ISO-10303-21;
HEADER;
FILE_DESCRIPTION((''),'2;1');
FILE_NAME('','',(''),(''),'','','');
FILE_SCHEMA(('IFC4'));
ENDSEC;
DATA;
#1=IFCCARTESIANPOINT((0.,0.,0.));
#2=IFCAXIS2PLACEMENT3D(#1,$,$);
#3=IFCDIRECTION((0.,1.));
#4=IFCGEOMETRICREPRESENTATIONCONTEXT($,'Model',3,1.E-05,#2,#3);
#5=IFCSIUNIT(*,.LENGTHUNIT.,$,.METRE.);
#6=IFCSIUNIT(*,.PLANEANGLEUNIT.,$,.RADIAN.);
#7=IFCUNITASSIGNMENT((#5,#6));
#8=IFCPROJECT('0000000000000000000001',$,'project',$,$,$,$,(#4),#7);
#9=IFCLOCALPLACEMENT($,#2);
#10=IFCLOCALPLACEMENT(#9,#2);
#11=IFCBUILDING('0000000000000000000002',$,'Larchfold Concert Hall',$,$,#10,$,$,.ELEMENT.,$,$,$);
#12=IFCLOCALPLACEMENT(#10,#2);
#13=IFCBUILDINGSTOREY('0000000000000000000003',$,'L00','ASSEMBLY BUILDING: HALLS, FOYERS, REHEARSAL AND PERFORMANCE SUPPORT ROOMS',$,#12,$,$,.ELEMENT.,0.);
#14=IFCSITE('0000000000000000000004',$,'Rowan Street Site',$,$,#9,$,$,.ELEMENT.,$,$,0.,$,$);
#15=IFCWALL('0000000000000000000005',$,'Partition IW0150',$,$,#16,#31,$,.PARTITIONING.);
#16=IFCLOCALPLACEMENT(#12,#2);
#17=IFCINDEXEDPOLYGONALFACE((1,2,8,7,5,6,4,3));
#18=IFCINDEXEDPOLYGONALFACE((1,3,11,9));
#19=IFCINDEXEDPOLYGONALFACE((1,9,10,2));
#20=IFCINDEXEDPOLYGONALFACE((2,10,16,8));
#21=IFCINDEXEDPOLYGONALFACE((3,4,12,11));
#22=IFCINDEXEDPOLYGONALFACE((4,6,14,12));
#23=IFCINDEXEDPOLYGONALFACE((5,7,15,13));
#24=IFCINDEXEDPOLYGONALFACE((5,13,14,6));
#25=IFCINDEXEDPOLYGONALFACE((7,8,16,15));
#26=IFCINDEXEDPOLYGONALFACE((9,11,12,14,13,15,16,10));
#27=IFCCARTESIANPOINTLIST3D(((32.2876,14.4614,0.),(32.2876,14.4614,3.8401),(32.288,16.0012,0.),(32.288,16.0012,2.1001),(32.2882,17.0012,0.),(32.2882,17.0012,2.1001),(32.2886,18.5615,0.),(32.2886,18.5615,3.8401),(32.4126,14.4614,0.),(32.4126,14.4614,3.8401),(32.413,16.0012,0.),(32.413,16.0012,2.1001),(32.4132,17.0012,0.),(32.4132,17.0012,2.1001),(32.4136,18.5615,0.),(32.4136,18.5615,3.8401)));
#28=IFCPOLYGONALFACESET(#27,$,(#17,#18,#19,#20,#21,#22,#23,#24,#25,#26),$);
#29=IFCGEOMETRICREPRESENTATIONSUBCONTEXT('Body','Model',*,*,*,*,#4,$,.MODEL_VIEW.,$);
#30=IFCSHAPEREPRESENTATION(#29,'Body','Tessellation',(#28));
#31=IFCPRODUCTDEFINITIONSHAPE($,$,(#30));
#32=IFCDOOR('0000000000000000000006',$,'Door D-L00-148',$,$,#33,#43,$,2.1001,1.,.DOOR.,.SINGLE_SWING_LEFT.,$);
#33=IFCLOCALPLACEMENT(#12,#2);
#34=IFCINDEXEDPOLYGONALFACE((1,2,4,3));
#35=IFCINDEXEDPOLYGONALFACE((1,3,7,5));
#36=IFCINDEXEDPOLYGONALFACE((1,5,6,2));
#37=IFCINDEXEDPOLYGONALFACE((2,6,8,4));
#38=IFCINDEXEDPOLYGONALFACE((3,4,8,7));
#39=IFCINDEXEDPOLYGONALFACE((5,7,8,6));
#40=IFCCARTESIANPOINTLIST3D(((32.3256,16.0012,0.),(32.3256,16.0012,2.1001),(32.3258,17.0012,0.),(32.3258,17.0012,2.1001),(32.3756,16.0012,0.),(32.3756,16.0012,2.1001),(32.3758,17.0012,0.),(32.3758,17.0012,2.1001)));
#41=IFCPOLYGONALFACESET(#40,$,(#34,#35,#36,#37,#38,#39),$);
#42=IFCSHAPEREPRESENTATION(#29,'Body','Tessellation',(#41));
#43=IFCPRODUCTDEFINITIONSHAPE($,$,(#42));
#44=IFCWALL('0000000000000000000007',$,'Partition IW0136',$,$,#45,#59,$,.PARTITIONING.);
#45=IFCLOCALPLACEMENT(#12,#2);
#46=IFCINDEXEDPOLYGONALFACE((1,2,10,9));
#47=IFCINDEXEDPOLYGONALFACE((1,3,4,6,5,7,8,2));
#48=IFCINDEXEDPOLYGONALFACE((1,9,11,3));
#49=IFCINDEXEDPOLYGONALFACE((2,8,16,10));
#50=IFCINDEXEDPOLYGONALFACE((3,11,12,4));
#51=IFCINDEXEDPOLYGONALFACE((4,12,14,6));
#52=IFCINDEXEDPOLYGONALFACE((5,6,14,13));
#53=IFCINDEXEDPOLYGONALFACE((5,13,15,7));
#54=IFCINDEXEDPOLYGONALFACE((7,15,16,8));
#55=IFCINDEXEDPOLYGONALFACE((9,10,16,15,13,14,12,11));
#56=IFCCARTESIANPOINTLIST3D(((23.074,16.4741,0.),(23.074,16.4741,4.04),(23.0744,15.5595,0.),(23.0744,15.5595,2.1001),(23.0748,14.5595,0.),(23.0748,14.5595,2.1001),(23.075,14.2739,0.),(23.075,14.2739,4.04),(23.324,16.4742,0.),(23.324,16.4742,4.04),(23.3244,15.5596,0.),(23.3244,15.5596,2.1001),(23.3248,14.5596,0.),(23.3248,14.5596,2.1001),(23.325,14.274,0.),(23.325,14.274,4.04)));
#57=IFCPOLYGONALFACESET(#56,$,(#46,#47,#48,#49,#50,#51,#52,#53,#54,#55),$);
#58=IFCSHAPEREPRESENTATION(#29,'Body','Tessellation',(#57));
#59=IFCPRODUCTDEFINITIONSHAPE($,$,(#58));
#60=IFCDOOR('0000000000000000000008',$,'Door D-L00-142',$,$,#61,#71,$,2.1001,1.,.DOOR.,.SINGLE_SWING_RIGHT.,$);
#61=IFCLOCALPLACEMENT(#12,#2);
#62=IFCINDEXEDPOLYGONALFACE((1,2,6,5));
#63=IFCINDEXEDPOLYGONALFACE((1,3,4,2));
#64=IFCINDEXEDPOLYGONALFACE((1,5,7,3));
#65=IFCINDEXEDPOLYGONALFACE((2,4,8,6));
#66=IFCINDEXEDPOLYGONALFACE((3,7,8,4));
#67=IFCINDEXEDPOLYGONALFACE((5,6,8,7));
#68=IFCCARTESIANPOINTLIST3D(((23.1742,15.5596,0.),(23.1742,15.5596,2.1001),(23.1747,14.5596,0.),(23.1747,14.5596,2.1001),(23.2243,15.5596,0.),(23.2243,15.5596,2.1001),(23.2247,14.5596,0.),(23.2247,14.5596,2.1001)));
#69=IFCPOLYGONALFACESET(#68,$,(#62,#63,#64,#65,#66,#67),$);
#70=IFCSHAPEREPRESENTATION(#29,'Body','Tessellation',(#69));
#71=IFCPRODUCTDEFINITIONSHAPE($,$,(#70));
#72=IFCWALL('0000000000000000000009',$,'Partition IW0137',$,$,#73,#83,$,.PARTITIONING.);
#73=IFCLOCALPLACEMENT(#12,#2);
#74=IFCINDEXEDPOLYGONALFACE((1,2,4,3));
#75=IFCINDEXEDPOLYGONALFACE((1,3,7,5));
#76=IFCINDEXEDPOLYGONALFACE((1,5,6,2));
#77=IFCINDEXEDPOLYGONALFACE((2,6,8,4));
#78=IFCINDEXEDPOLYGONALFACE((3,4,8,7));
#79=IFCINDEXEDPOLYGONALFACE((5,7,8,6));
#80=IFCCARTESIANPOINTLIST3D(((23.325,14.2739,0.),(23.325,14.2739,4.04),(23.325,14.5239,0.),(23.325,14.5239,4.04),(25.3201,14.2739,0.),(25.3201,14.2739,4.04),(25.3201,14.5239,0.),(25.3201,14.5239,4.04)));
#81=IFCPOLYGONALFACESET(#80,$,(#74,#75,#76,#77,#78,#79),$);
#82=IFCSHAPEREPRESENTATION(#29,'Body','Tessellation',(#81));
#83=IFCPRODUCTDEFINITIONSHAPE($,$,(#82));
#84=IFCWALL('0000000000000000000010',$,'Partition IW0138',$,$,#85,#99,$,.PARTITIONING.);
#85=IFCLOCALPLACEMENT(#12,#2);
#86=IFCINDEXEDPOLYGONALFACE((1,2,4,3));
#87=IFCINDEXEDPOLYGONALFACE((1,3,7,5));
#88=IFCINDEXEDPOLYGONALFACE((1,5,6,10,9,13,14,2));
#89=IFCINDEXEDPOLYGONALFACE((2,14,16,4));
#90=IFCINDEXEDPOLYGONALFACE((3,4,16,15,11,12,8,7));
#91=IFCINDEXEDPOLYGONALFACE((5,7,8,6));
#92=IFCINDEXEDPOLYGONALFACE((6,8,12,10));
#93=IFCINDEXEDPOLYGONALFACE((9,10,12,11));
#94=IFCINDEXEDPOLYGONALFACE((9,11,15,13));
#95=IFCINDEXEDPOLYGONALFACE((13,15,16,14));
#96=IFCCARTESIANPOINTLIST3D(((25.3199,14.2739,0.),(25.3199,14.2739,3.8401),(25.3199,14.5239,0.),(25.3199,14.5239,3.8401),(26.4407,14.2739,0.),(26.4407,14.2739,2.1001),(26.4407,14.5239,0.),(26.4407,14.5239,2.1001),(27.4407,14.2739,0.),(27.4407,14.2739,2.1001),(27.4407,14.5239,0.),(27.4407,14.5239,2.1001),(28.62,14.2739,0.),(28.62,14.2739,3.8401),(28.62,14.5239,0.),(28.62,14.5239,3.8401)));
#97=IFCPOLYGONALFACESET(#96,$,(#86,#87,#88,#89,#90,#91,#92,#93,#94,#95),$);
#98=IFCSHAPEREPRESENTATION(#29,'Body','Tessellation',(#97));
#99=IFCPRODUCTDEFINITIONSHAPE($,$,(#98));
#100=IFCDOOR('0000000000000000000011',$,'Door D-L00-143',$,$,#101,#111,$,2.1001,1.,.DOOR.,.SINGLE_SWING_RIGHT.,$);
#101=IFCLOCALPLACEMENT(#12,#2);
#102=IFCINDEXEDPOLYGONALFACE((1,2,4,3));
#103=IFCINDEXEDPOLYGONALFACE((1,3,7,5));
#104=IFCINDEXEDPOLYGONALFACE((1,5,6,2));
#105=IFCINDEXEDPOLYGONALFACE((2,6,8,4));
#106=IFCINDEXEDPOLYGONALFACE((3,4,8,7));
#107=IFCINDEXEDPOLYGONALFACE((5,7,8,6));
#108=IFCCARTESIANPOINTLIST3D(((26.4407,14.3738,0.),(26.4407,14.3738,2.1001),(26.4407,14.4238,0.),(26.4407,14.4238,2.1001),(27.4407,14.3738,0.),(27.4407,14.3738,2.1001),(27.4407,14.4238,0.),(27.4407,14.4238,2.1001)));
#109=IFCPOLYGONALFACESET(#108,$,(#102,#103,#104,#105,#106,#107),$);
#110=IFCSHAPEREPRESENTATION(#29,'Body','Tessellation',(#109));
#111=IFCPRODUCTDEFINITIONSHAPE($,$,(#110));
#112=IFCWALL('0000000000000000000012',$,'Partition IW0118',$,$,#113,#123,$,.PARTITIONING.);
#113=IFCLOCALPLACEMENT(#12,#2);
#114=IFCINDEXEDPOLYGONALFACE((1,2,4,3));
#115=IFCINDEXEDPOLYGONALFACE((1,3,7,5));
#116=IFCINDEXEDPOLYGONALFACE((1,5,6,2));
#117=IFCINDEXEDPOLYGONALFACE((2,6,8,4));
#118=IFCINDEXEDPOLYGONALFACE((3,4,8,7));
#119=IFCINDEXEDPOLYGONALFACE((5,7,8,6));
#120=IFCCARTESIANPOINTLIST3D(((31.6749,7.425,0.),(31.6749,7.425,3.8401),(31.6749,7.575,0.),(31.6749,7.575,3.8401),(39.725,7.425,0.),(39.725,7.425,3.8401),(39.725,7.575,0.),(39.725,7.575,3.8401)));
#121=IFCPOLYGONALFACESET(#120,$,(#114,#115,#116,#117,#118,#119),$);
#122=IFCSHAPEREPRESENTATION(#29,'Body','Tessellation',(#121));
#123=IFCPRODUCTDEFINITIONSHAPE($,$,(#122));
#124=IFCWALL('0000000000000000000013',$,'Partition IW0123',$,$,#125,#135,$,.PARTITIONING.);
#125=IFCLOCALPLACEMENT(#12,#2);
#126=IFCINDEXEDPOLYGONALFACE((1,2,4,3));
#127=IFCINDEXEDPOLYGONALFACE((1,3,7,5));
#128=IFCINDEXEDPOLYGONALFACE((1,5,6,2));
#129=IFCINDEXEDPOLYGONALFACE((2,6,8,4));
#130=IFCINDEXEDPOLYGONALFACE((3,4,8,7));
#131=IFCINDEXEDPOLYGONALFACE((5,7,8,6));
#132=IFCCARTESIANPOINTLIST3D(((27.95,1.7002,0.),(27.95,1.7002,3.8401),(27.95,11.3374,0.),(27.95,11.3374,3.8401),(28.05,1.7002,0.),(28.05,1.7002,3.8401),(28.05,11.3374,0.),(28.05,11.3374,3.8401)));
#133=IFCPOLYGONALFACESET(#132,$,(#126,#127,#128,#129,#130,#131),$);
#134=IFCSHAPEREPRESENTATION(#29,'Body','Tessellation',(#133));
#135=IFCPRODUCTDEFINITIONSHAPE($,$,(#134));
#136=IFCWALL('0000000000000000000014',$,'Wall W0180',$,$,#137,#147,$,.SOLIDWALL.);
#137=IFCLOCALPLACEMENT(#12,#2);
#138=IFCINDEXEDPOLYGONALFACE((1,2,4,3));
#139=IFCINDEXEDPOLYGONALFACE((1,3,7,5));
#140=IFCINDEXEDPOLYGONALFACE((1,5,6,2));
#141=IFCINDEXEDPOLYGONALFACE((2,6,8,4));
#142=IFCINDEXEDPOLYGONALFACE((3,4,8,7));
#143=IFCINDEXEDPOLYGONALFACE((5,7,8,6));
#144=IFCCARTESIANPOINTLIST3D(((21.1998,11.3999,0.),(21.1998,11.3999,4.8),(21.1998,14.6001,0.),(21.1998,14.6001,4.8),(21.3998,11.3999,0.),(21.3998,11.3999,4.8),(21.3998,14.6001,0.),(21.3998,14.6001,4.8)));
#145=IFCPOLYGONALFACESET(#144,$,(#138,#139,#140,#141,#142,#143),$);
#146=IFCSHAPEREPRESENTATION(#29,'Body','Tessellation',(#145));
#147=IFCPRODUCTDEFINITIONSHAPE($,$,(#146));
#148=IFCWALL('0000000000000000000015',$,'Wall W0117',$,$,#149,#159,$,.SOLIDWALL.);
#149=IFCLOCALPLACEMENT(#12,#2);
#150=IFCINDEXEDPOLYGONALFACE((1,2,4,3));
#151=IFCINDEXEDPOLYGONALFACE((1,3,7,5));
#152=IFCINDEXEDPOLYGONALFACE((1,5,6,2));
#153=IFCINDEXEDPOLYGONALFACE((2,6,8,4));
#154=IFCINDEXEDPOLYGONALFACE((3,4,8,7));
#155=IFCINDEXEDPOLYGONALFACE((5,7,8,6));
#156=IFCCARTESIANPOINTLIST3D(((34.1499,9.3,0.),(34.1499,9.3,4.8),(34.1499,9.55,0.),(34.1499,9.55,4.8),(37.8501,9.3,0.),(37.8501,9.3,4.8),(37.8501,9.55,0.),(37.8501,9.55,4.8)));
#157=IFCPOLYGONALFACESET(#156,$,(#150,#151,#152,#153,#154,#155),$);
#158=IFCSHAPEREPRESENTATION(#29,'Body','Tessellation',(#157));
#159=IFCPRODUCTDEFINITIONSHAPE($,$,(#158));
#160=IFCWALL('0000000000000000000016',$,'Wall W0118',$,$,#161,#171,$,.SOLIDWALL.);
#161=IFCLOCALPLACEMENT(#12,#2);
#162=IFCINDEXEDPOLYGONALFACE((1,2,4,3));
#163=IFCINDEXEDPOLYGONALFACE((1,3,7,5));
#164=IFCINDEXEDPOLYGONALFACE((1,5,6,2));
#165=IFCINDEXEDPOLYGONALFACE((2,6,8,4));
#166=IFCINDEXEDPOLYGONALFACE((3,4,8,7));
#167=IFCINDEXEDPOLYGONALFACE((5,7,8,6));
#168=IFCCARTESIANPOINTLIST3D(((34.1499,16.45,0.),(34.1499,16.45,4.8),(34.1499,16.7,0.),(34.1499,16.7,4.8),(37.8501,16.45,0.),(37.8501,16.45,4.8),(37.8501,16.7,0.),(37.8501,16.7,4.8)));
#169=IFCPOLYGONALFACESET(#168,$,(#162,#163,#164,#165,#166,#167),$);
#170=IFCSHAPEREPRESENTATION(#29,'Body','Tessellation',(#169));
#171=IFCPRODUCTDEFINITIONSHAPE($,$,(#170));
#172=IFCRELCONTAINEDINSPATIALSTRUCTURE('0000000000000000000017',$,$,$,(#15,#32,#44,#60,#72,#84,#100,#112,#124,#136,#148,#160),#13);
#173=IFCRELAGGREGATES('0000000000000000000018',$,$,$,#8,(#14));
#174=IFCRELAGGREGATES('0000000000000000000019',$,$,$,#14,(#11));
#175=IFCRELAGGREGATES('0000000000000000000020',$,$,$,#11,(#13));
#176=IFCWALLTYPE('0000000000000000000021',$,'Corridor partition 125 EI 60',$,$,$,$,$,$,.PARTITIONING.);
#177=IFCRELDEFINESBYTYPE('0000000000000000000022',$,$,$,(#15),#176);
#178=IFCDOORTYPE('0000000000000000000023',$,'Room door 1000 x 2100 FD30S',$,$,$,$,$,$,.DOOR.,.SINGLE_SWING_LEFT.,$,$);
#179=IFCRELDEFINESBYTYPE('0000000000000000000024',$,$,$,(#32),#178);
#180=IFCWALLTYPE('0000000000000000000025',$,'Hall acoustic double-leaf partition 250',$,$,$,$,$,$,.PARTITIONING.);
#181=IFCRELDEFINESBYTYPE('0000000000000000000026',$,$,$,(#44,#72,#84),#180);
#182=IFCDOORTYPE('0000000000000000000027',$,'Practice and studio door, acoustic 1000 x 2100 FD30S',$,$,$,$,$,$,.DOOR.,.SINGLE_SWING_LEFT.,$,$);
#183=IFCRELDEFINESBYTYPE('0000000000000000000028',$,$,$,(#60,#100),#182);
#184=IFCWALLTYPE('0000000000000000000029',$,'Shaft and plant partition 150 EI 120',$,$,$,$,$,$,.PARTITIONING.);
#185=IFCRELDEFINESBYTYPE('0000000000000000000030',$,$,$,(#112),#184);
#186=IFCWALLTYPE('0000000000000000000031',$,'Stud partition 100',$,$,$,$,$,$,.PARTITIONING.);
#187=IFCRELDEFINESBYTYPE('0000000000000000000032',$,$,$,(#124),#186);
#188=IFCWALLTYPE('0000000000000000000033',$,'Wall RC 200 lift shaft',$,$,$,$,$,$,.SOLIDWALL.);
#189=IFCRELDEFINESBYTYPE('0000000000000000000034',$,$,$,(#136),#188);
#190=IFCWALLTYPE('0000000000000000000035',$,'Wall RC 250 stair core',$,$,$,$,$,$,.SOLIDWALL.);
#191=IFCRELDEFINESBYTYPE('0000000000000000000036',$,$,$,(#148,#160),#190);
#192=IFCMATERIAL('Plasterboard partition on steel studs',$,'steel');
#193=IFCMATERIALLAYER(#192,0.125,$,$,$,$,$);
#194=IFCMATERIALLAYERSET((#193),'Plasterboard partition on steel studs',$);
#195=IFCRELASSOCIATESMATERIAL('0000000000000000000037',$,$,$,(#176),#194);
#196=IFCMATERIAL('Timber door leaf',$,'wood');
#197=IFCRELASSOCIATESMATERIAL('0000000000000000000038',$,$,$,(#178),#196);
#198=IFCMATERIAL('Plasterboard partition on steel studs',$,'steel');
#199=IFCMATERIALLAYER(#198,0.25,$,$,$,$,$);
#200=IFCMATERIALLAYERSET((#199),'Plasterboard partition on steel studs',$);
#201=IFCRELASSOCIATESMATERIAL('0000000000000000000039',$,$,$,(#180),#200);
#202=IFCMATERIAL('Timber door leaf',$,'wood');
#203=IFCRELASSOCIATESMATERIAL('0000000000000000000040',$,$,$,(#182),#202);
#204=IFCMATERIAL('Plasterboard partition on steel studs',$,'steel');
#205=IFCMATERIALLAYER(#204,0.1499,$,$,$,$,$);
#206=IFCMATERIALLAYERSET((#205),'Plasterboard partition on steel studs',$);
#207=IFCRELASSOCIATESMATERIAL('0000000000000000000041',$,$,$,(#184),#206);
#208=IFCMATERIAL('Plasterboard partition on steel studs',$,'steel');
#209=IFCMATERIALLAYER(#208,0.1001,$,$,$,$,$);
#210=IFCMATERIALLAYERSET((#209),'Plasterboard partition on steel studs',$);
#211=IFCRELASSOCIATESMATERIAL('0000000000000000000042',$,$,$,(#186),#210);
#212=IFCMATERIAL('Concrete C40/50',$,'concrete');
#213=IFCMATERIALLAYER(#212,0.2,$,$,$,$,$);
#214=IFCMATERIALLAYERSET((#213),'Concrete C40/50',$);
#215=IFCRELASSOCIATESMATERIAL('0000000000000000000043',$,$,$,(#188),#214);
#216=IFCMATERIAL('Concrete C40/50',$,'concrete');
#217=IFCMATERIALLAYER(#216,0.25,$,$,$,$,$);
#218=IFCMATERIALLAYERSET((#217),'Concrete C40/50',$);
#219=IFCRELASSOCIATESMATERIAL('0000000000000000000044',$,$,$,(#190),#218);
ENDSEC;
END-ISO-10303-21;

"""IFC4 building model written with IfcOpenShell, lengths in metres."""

from ifc_helpers import new_model, si_unit, direction, frame, frame_2d, origin, place, context, subcontext, project, spatial, rectangle, extrude, material, layer, layer_set, type_object, element, fill, save


model = new_model("IFC4")

# Units and contexts
model_context = context("Model", 3, precision=1e-05, world=origin(), true_north=direction((0.0, 1.0)))
body_context = subcontext(model_context, "Body", "Model", "MODEL_VIEW")
ifc_project = project(units=[si_unit("LENGTHUNIT", "METRE"), si_unit("PLANEANGLEUNIT", "RADIAN")], contexts=[model_context])

# Site, building, storey
site_placement = place(None, origin())
site = spatial("IfcSite", under=ifc_project, at=site_placement, Name="Rowan Street Site", CompositionType="ELEMENT", RefElevation=0.0)
building_placement = place(site_placement, origin())
building = spatial("IfcBuilding", under=site, at=building_placement, Name="Larchfold Concert Hall", CompositionType="ELEMENT")
storey_placement = place(building_placement, origin())
storey = spatial("IfcBuildingStorey", under=building, at=storey_placement, Name="L00", Description="ASSEMBLY BUILDING: HALLS, FOYERS, REHEARSAL AND PERFORMANCE SUPPORT ROOMS", CompositionType="ELEMENT", Elevation=0.0)

# Shared definitions
ifc_material_1 = material(Name="Plasterboard partition on steel studs", Category="steel")
ifc_layer_1 = layer(ifc_material_1, 0.125)
ifc_layer_set_1 = layer_set([ifc_layer_1], Name="Plasterboard partition on steel studs")
wall_type_1 = type_object("IfcWallType", Name="Corridor partition 125 EI 60", PredefinedType="PARTITIONING", material=ifc_layer_set_1)

# Walls, openings, doors
wall_1_placement = place(storey_placement, frame((32.3501, 14.4614, 0.0), z_axis=(0.0, 0.0, 1.0), x_axis=(0.000238, 1.0, 0.0)))
wall_1 = element("IfcWall", 1, at=wall_1_placement, inside=storey, type_object=wall_type_1, Name="Partition IW0150", PredefinedType="PARTITIONING", context=body_context, shape_type="SweptSolid", body=[
    extrude(rectangle(XDim=4.1001, YDim=0.125, at=frame_2d((2.05, 0.0))), origin(), (0.0, 0.0, 1.0), 3.8401),
])
opening_1_placement = place(wall_1_placement, frame((1.5398, 0.0, 0.0)))
opening_1 = element("IfcOpeningElement", 2, at=opening_1_placement, cuts=wall_1, PredefinedType="OPENING", context=body_context, shape_type="SweptSolid", body=[
    extrude(rectangle(XDim=1.0, YDim=2.1001, at=frame_2d((0.5, 1.05))), frame((0.0, 0.0725, 0.0), z_axis=(0.0, -1.0, 0.0), x_axis=(1.0, 0.0, 0.0)), (0.0, 0.0, 1.0), 0.145),
])
ifc_material_2 = material(Name="Timber door leaf", Category="wood")
door_type_1 = type_object("IfcDoorType", Name="Room door 1000 x 2100 FD30S", OperationType="SINGLE_SWING_LEFT", PredefinedType="DOOR", material=ifc_material_2)
door_1_placement = place(opening_1_placement, origin())
door_1 = element("IfcDoor", 3, at=door_1_placement, inside=storey, type_object=door_type_1, Name="Door D-L00-148", OperationType="SINGLE_SWING_LEFT", OverallHeight=2.1001, OverallWidth=1.0, PredefinedType="DOOR", context=body_context, shape_type="SweptSolid", body=[
    extrude(rectangle(XDim=1.0, YDim=2.1001, at=frame_2d((0.5, 1.05))), frame((0.0, 0.0249, 0.0), z_axis=(0.0, -1.0, 0.0), x_axis=(1.0, 0.0, 0.0)), (0.0, 0.0, 1.0), 0.05),
])
fill(opening_1, door_1)
ifc_material_3 = material(Name="Plasterboard partition on steel studs", Category="steel")
ifc_layer_2 = layer(ifc_material_3, 0.25)
ifc_layer_set_2 = layer_set([ifc_layer_2], Name="Plasterboard partition on steel studs")
wall_type_2 = type_object("IfcWallType", Name="Hall acoustic double-leaf partition 250", PredefinedType="PARTITIONING", material=ifc_layer_set_2)
wall_2_placement = place(storey_placement, frame((23.199, 16.4741, 0.0), z_axis=(0.0, 0.0, 1.0), x_axis=(0.000444, -1.0, 0.0)))
wall_2 = element("IfcWall", 4, at=wall_2_placement, inside=storey, type_object=wall_type_2, Name="Partition IW0136", PredefinedType="PARTITIONING", context=body_context, shape_type="SweptSolid", body=[
    extrude(rectangle(XDim=2.2002, YDim=0.25, at=frame_2d((1.1001, 0.0))), origin(), (0.0, 0.0, 1.0), 4.04),
])
opening_2_placement = place(wall_2_placement, frame((0.9146, 0.0, 0.0)))
opening_2 = element("IfcOpeningElement", 5, at=opening_2_placement, cuts=wall_2, PredefinedType="OPENING", context=body_context, shape_type="SweptSolid", body=[
    extrude(rectangle(XDim=1.0, YDim=2.1001, at=frame_2d((0.5, 1.05))), frame((0.0, 0.135, 0.0), z_axis=(0.0, -1.0, 0.0), x_axis=(1.0, 0.0, 0.0)), (0.0, 0.0, 1.0), 0.27),
])
ifc_material_4 = material(Name="Timber door leaf", Category="wood")
door_type_2 = type_object("IfcDoorType", Name="Practice and studio door, acoustic 1000 x 2100 FD30S", OperationType="SINGLE_SWING_LEFT", PredefinedType="DOOR", material=ifc_material_4)
door_2_placement = place(opening_2_placement, origin())
door_2 = element("IfcDoor", 6, at=door_2_placement, inside=storey, type_object=door_type_2, Name="Door D-L00-142", OperationType="SINGLE_SWING_RIGHT", OverallHeight=2.1001, OverallWidth=1.0, PredefinedType="DOOR", context=body_context, shape_type="SweptSolid", body=[
    extrude(rectangle(XDim=1.0, YDim=2.1001, at=frame_2d((0.5, 1.05))), frame((0.0, 0.0249, 0.0), z_axis=(0.0, -1.0, 0.0), x_axis=(1.0, 0.0, 0.0)), (0.0, 0.0, 1.0), 0.05),
])
fill(opening_2, door_2)

# Wall
wall_3_placement = place(storey_placement, frame((23.325, 14.3989, 0.0), z_axis=(0.0, 0.0, 1.0), x_axis=(1.0, 0.0, 0.0)))
element("IfcWall", 7, at=wall_3_placement, inside=storey, type_object=wall_type_2, Name="Partition IW0137", PredefinedType="PARTITIONING", context=body_context, shape_type="SweptSolid", body=[
    extrude(rectangle(XDim=1.9951, YDim=0.25, at=frame_2d((0.9976, 0.0))), origin(), (0.0, 0.0, 1.0), 4.04),
])

# Wall, opening, door
wall_4_placement = place(storey_placement, frame((25.3201, 14.3989, 0.0), z_axis=(0.0, 0.0, 1.0), x_axis=(1.0, 0.0, 0.0)))
wall_4 = element("IfcWall", 8, at=wall_4_placement, inside=storey, type_object=wall_type_2, Name="Partition IW0138", PredefinedType="PARTITIONING", context=body_context, shape_type="SweptSolid", body=[
    extrude(rectangle(XDim=3.3, YDim=0.25, at=frame_2d((1.6499, 0.0))), origin(), (0.0, 0.0, 1.0), 3.8401),
])
opening_3_placement = place(wall_4_placement, frame((1.1206, 0.0, 0.0)))
opening_3 = element("IfcOpeningElement", 9, at=opening_3_placement, cuts=wall_4, PredefinedType="OPENING", context=body_context, shape_type="SweptSolid", body=[
    extrude(rectangle(XDim=1.0, YDim=2.1001, at=frame_2d((0.5, 1.05))), frame((0.0, 0.135, 0.0), z_axis=(0.0, -1.0, 0.0), x_axis=(1.0, 0.0, 0.0)), (0.0, 0.0, 1.0), 0.27),
])
door_3_placement = place(opening_3_placement, origin())
door_3 = element("IfcDoor", 10, at=door_3_placement, inside=storey, type_object=door_type_2, Name="Door D-L00-143", OperationType="SINGLE_SWING_RIGHT", OverallHeight=2.1001, OverallWidth=1.0, PredefinedType="DOOR", context=body_context, shape_type="SweptSolid", body=[
    extrude(rectangle(XDim=1.0, YDim=2.1001, at=frame_2d((0.5, 1.05))), frame((0.0, 0.0249, 0.0), z_axis=(0.0, -1.0, 0.0), x_axis=(1.0, 0.0, 0.0)), (0.0, 0.0, 1.0), 0.05),
])
fill(opening_3, door_3)

# Walls
ifc_material_5 = material(Name="Plasterboard partition on steel studs", Category="steel")
ifc_layer_3 = layer(ifc_material_5, 0.1499)
ifc_layer_set_3 = layer_set([ifc_layer_3], Name="Plasterboard partition on steel studs")
wall_type_3 = type_object("IfcWallType", Name="Shaft and plant partition 150 EI 120", PredefinedType="PARTITIONING", material=ifc_layer_set_3)
wall_5_placement = place(storey_placement, frame((31.675, 7.5, 0.0), z_axis=(0.0, 0.0, 1.0), x_axis=(1.0, 0.0, 0.0)))
element("IfcWall", 11, at=wall_5_placement, inside=storey, type_object=wall_type_3, Name="Partition IW0118", PredefinedType="PARTITIONING", context=body_context, shape_type="SweptSolid", body=[
    extrude(rectangle(XDim=8.05, YDim=0.1499, at=frame_2d((4.0249, 0.0))), origin(), (0.0, 0.0, 1.0), 3.8401),
])
ifc_material_6 = material(Name="Plasterboard partition on steel studs", Category="steel")
ifc_layer_4 = layer(ifc_material_6, 0.1001)
ifc_layer_set_4 = layer_set([ifc_layer_4], Name="Plasterboard partition on steel studs")
wall_type_4 = type_object("IfcWallType", Name="Stud partition 100", PredefinedType="PARTITIONING", material=ifc_layer_set_4)
wall_6_placement = place(storey_placement, frame((28.0, 11.3374, 0.0), z_axis=(0.0, 0.0, 1.0), x_axis=(0.0, -1.0, 0.0)))
element("IfcWall", 12, at=wall_6_placement, inside=storey, type_object=wall_type_4, Name="Partition IW0123", PredefinedType="PARTITIONING", context=body_context, shape_type="SweptSolid", body=[
    extrude(rectangle(XDim=9.6372, YDim=0.1001, at=frame_2d((4.8186, 0.0))), origin(), (0.0, 0.0, 1.0), 3.8401),
])
ifc_material_7 = material(Name="Concrete C40/50", Category="concrete")
ifc_layer_5 = layer(ifc_material_7, 0.2)
ifc_layer_set_5 = layer_set([ifc_layer_5], Name="Concrete C40/50")
wall_type_5 = type_object("IfcWallType", Name="Wall RC 200 lift shaft", PredefinedType="SOLIDWALL", material=ifc_layer_set_5)
wall_7_placement = place(storey_placement, frame((21.2998, 11.3999, 0.0), z_axis=(0.0, 0.0, 1.0), x_axis=(0.0, 1.0, 0.0)))
element("IfcWall", 13, at=wall_7_placement, inside=storey, type_object=wall_type_5, Name="Wall W0180", PredefinedType="SOLIDWALL", context=body_context, shape_type="SweptSolid", body=[
    extrude(rectangle(XDim=3.2002, YDim=0.2, at=frame_2d((1.6001, 0.0))), origin(), (0.0, 0.0, 1.0), 4.8),
])
ifc_material_8 = material(Name="Concrete C40/50", Category="concrete")
ifc_layer_6 = layer(ifc_material_8, 0.25)
ifc_layer_set_6 = layer_set([ifc_layer_6], Name="Concrete C40/50")
wall_type_6 = type_object("IfcWallType", Name="Wall RC 250 stair core", PredefinedType="SOLIDWALL", material=ifc_layer_set_6)
for number, where, z_axis, x_axis, name in (
    (14, (34.1499, 9.425, 0.0), (0.0, 0.0, 1.0), (1.0, 0.0, 0.0), "Wall W0117"),
    (15, (34.1499, 16.575, 0.0), (0.0, 0.0, 1.0), (1.0, 0.0, 0.0), "Wall W0118"),
):
    element("IfcWall", number, at=place(storey_placement, frame(where, z_axis=z_axis, x_axis=x_axis)), inside=storey, type_object=wall_type_6, Name=name, PredefinedType="SOLIDWALL", context=body_context, shape_type="SweptSolid", body=[
        extrude(rectangle(XDim=3.7002, YDim=0.25, at=frame_2d((1.8501, 0.0))), origin(), (0.0, 0.0, 1.0), 4.8),
    ])

save(model, "model.ifc")
